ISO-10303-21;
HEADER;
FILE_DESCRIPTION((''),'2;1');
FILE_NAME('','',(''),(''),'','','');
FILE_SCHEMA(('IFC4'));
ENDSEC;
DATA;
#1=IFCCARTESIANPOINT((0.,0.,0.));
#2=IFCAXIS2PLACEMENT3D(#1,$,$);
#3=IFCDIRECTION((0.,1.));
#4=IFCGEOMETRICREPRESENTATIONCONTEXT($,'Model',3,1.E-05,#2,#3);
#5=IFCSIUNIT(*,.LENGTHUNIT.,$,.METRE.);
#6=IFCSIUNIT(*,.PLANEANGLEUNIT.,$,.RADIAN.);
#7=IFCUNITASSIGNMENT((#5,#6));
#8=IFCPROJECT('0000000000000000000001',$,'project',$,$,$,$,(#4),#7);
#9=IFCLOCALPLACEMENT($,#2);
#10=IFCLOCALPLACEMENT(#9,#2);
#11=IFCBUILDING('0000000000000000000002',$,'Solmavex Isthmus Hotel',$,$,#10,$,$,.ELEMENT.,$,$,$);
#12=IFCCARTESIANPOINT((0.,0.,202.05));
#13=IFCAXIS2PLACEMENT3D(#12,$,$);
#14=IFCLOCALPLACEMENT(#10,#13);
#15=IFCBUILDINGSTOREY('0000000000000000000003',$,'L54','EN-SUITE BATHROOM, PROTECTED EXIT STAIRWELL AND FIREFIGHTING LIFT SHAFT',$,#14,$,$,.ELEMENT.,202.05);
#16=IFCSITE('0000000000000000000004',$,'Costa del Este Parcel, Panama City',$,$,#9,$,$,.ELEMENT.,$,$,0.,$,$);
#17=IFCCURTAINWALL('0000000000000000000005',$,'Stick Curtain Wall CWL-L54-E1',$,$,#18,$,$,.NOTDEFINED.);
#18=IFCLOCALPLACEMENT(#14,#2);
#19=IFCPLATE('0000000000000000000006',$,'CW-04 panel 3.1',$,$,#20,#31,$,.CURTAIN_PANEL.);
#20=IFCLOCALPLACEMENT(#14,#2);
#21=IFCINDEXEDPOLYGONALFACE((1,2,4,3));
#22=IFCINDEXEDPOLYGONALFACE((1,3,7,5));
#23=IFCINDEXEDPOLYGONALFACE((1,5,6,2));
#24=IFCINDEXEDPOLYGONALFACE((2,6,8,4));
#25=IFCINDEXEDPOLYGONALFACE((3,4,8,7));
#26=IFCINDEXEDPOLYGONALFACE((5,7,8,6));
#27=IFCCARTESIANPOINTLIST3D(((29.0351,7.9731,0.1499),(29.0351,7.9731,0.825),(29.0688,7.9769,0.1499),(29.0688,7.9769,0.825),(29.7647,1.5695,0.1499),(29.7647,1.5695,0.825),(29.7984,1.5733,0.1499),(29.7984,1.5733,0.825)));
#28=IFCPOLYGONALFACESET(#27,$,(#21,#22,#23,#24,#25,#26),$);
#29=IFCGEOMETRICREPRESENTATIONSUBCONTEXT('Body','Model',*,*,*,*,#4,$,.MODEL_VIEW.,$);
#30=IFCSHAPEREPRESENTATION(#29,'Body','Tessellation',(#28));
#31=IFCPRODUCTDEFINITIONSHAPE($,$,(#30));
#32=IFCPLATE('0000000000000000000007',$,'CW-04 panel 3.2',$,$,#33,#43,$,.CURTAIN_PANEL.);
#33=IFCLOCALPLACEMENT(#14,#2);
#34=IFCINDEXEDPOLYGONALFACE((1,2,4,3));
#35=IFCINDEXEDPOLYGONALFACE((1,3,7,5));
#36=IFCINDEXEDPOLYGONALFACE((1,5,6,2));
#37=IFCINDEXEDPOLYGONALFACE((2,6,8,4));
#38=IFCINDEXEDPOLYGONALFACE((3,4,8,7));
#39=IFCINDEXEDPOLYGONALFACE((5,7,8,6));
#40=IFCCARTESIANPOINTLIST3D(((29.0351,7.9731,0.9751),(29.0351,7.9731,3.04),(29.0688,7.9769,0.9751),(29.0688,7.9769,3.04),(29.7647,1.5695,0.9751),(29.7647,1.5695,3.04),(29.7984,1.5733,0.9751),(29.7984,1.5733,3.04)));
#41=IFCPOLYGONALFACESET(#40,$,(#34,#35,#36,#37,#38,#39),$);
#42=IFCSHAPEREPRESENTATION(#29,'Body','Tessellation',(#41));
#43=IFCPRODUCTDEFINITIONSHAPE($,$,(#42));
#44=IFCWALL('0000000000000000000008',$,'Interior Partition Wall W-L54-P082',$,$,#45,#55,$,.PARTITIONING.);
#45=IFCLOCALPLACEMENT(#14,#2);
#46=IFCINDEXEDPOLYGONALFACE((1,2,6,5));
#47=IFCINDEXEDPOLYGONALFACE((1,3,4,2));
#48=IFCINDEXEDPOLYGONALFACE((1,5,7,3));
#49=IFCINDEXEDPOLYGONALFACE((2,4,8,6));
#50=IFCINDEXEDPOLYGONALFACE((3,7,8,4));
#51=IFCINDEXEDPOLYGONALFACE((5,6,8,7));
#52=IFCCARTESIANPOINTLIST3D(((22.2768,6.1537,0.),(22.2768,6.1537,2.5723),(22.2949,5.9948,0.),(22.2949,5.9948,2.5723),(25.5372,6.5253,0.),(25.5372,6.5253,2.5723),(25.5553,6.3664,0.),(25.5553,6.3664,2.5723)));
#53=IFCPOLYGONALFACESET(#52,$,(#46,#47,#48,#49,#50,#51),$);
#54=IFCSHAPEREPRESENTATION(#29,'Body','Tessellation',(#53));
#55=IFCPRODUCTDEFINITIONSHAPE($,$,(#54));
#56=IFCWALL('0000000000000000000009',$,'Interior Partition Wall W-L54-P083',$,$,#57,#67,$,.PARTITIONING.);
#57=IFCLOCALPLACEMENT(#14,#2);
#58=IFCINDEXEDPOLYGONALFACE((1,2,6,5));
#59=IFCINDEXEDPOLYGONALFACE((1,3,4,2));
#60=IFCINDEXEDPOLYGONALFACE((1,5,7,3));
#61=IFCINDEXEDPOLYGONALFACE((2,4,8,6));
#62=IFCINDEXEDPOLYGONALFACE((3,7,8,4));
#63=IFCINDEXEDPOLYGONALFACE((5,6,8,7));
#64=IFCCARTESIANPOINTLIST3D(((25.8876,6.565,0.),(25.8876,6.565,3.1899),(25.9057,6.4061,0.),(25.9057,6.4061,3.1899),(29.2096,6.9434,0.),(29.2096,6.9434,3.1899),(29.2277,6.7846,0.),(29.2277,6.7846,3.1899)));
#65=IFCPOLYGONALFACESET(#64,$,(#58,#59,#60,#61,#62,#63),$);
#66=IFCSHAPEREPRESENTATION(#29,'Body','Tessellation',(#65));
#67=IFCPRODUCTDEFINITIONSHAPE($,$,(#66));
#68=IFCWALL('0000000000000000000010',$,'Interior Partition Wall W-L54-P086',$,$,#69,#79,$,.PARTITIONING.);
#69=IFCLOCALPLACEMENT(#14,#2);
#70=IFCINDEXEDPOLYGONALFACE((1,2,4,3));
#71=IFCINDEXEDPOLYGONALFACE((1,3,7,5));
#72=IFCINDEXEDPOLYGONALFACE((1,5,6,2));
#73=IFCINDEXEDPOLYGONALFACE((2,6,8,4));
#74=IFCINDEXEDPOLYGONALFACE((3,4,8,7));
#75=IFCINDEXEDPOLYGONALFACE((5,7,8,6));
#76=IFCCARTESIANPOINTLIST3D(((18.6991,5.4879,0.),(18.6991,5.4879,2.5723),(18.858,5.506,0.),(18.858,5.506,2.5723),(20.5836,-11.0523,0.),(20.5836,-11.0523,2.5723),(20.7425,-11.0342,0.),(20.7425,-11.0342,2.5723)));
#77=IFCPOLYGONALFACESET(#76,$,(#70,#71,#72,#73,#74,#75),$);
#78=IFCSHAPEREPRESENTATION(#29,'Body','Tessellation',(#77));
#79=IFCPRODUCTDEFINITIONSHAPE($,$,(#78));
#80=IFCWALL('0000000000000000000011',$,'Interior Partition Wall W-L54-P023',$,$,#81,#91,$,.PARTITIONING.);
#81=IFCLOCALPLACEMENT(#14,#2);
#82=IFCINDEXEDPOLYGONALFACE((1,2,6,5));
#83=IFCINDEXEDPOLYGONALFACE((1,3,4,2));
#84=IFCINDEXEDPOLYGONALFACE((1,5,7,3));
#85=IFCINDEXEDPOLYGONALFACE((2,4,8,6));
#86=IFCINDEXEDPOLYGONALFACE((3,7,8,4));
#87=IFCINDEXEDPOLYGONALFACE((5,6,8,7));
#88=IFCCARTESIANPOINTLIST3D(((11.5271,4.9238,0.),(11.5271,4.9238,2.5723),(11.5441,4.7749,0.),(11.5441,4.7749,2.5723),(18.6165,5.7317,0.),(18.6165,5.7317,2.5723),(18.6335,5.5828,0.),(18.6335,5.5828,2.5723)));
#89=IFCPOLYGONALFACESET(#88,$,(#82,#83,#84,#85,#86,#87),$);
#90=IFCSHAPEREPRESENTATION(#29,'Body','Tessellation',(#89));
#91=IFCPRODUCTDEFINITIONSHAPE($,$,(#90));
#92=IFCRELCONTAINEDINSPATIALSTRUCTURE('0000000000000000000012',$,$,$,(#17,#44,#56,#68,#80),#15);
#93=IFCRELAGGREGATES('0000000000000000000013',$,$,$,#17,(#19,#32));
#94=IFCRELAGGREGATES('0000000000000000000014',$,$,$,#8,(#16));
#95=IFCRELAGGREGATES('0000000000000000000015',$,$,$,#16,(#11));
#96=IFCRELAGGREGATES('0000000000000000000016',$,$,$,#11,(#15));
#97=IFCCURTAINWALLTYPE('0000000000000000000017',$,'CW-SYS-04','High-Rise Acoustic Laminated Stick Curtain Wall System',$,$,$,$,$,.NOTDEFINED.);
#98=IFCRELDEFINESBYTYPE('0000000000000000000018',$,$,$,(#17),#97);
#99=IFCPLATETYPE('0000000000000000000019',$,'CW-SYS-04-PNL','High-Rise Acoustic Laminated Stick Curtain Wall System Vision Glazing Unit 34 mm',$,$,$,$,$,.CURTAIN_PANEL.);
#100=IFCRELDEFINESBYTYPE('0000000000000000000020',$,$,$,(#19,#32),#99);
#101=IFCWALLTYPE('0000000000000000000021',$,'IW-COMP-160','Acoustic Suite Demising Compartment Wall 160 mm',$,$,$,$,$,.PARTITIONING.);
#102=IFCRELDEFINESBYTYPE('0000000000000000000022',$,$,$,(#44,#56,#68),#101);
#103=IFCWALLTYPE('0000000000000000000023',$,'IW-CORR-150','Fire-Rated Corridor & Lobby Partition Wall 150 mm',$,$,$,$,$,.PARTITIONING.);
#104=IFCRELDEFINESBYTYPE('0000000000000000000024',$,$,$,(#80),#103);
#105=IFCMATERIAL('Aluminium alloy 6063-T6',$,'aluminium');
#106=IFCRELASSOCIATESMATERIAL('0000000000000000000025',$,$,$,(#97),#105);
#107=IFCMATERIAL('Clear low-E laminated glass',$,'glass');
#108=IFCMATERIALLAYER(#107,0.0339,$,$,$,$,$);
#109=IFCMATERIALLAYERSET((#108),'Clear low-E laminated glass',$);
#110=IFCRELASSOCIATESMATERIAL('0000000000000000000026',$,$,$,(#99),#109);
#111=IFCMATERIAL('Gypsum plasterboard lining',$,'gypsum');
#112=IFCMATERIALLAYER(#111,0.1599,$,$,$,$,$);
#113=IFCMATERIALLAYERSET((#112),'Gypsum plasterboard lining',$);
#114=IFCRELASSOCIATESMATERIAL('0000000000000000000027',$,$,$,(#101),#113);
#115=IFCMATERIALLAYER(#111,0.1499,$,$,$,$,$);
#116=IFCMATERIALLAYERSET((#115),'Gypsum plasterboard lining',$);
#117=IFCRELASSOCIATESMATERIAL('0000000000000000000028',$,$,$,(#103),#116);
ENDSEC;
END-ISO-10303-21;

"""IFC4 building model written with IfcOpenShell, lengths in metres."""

from ifc_helpers import new_model, si_unit, direction, frame, frame_2d, origin, origin_2d, place, context, subcontext, project, spatial, rectangle, extrude, material, layer, layer_set, type_object, element, aggregate, save


model = new_model("IFC4")

# Units and contexts
model_context = context("Model", 3, precision=1e-05, world=origin(), true_north=direction((0.0, 1.0)))
body_context = subcontext(model_context, "Body", "Model", "MODEL_VIEW")
ifc_project = project(units=[si_unit("LENGTHUNIT", "METRE"), si_unit("PLANEANGLEUNIT", "RADIAN")], contexts=[model_context])

# Site, building, storey
site_placement = place(None, origin())
site = spatial("IfcSite", under=ifc_project, at=site_placement, Name="Costa del Este Parcel, Panama City", CompositionType="ELEMENT", RefElevation=0.0)
building_placement = place(site_placement, origin())
building = spatial("IfcBuilding", under=site, at=building_placement, Name="Solmavex Isthmus Hotel", CompositionType="ELEMENT")
storey_placement = place(building_placement, frame((0.0, 0.0, 202.05)))
storey = spatial("IfcBuildingStorey", under=building, at=storey_placement, Name="L54", Description="EN-SUITE BATHROOM, PROTECTED EXIT STAIRWELL AND FIREFIGHTING LIFT SHAFT", CompositionType="ELEMENT", Elevation=202.05)

# Curtain wall, plates
ifc_material_1 = material(Name="Aluminium alloy 6063-T6", Category="aluminium")
curtain_wall_type = type_object("IfcCurtainWallType", Name="CW-SYS-04", Description="High-Rise Acoustic Laminated Stick Curtain Wall System", PredefinedType="NOTDEFINED", material=ifc_material_1)
curtain_wall_placement = place(storey_placement, origin())
curtain_wall = element("IfcCurtainWall", 1, at=curtain_wall_placement, inside=storey, type_object=curtain_wall_type, Name="Stick Curtain Wall CWL-L54-E1", PredefinedType="NOTDEFINED")
ifc_material_2 = material(Name="Clear low-E laminated glass", Category="glass")
ifc_layer_1 = layer(ifc_material_2, 0.0339)
ifc_layer_set_1 = layer_set([ifc_layer_1], Name="Clear low-E laminated glass")
plate_type = type_object("IfcPlateType", Name="CW-SYS-04-PNL", Description="High-Rise Acoustic Laminated Stick Curtain Wall System Vision Glazing Unit 34 mm", PredefinedType="CURTAIN_PANEL", material=ifc_layer_set_1)
plate_1_placement = place(storey_placement, frame((29.4167, 4.7732, 0.1499), z_axis=(0.0, 0.0, 1.0), x_axis=(-0.113203, 0.993572, 0.0)))
plate_1 = element("IfcPlate", 2, at=plate_1_placement, type_object=plate_type, Name="CW-04 panel 3.1", PredefinedType="CURTAIN_PANEL", context=body_context, shape_type="SweptSolid", body=[
    extrude(rectangle(XDim=6.4451, YDim=0.0339, at=origin_2d()), origin(), (0.0, 0.0, 1.0), 0.675),
])
plate_2_placement = place(storey_placement, frame((29.4167, 4.7732, 0.9751), z_axis=(0.0, 0.0, 1.0), x_axis=(-0.113203, 0.993572, 0.0)))
plate_2 = element("IfcPlate", 3, at=plate_2_placement, type_object=plate_type, Name="CW-04 panel 3.2", PredefinedType="CURTAIN_PANEL", context=body_context, shape_type="SweptSolid", body=[
    extrude(rectangle(XDim=6.4451, YDim=0.0339, at=origin_2d()), origin(), (0.0, 0.0, 1.0), 2.0649),
])
aggregate(curtain_wall, [plate_1, plate_2])

# Walls
ifc_material_3 = material(Name="Gypsum plasterboard lining", Category="gypsum")
ifc_layer_2 = layer(ifc_material_3, 0.1599)
ifc_layer_set_2 = layer_set([ifc_layer_2], Name="Gypsum plasterboard lining")
wall_type_1 = type_object("IfcWallType", Name="IW-COMP-160", Description="Acoustic Suite Demising Compartment Wall 160 mm", PredefinedType="PARTITIONING", material=ifc_layer_set_2)
wall_1_placement = place(storey_placement, frame((25.5461, 6.4458, 0.0), z_axis=(0.0, 0.0, 1.0), x_axis=(-0.993569, -0.113232, 0.0)))
element("IfcWall", 4, at=wall_1_placement, inside=storey, type_object=wall_type_1, Name="Interior Partition Wall W-L54-P082", PredefinedType="PARTITIONING", context=body_context, shape_type="SweptSolid", body=[
    extrude(rectangle(XDim=3.2815, YDim=0.1599, at=frame_2d((1.6406, 0.0))), origin(), (0.0, 0.0, 1.0), 2.5723),
])
wall_2_placement = place(storey_placement, frame((29.2188, 6.864, 0.0), z_axis=(0.0, 0.0, 1.0), x_axis=(-0.993574, -0.11318, 0.0)))
element("IfcWall", 5, at=wall_2_placement, inside=storey, type_object=wall_type_1, Name="Interior Partition Wall W-L54-P083", PredefinedType="PARTITIONING", context=body_context, shape_type="SweptSolid", body=[
    extrude(rectangle(XDim=3.3435, YDim=0.1599, at=frame_2d((1.6719, 0.0))), origin(), (0.0, 0.0, 1.0), 3.1899),
])
wall_3_placement = place(storey_placement, frame((18.7786, 5.4971, 0.0), z_axis=(0.0, 0.0, 1.0), x_axis=(0.113203, -0.993572, 0.0)))
element("IfcWall", 6, at=wall_3_placement, inside=storey, type_object=wall_type_1, Name="Interior Partition Wall W-L54-P086", PredefinedType="PARTITIONING", context=body_context, shape_type="SweptSolid", body=[
    extrude(rectangle(XDim=16.6472, YDim=0.1599, at=frame_2d((8.3237, 0.0))), origin(), (0.0, 0.0, 1.0), 2.5723),
])
ifc_layer_3 = layer(ifc_material_3, 0.1499)
ifc_layer_set_3 = layer_set([ifc_layer_3], Name="Gypsum plasterboard lining")
wall_type_2 = type_object("IfcWallType", Name="IW-CORR-150", Description="Fire-Rated Corridor & Lobby Partition Wall 150 mm", PredefinedType="PARTITIONING", material=ifc_layer_set_3)
wall_4_placement = place(storey_placement, frame((18.625, 5.6572, 0.0), z_axis=(0.0, 0.0, 1.0), x_axis=(-0.99357, -0.113221, 0.0)))
element("IfcWall", 7, at=wall_4_placement, inside=storey, type_object=wall_type_2, Name="Interior Partition Wall W-L54-P023", PredefinedType="PARTITIONING", context=body_context, shape_type="SweptSolid", body=[
    extrude(rectangle(XDim=7.1353, YDim=0.1499, at=frame_2d((3.5676, 0.0))), origin(), (0.0, 0.0, 1.0), 2.5723),
])

save(model, "model.ifc")
